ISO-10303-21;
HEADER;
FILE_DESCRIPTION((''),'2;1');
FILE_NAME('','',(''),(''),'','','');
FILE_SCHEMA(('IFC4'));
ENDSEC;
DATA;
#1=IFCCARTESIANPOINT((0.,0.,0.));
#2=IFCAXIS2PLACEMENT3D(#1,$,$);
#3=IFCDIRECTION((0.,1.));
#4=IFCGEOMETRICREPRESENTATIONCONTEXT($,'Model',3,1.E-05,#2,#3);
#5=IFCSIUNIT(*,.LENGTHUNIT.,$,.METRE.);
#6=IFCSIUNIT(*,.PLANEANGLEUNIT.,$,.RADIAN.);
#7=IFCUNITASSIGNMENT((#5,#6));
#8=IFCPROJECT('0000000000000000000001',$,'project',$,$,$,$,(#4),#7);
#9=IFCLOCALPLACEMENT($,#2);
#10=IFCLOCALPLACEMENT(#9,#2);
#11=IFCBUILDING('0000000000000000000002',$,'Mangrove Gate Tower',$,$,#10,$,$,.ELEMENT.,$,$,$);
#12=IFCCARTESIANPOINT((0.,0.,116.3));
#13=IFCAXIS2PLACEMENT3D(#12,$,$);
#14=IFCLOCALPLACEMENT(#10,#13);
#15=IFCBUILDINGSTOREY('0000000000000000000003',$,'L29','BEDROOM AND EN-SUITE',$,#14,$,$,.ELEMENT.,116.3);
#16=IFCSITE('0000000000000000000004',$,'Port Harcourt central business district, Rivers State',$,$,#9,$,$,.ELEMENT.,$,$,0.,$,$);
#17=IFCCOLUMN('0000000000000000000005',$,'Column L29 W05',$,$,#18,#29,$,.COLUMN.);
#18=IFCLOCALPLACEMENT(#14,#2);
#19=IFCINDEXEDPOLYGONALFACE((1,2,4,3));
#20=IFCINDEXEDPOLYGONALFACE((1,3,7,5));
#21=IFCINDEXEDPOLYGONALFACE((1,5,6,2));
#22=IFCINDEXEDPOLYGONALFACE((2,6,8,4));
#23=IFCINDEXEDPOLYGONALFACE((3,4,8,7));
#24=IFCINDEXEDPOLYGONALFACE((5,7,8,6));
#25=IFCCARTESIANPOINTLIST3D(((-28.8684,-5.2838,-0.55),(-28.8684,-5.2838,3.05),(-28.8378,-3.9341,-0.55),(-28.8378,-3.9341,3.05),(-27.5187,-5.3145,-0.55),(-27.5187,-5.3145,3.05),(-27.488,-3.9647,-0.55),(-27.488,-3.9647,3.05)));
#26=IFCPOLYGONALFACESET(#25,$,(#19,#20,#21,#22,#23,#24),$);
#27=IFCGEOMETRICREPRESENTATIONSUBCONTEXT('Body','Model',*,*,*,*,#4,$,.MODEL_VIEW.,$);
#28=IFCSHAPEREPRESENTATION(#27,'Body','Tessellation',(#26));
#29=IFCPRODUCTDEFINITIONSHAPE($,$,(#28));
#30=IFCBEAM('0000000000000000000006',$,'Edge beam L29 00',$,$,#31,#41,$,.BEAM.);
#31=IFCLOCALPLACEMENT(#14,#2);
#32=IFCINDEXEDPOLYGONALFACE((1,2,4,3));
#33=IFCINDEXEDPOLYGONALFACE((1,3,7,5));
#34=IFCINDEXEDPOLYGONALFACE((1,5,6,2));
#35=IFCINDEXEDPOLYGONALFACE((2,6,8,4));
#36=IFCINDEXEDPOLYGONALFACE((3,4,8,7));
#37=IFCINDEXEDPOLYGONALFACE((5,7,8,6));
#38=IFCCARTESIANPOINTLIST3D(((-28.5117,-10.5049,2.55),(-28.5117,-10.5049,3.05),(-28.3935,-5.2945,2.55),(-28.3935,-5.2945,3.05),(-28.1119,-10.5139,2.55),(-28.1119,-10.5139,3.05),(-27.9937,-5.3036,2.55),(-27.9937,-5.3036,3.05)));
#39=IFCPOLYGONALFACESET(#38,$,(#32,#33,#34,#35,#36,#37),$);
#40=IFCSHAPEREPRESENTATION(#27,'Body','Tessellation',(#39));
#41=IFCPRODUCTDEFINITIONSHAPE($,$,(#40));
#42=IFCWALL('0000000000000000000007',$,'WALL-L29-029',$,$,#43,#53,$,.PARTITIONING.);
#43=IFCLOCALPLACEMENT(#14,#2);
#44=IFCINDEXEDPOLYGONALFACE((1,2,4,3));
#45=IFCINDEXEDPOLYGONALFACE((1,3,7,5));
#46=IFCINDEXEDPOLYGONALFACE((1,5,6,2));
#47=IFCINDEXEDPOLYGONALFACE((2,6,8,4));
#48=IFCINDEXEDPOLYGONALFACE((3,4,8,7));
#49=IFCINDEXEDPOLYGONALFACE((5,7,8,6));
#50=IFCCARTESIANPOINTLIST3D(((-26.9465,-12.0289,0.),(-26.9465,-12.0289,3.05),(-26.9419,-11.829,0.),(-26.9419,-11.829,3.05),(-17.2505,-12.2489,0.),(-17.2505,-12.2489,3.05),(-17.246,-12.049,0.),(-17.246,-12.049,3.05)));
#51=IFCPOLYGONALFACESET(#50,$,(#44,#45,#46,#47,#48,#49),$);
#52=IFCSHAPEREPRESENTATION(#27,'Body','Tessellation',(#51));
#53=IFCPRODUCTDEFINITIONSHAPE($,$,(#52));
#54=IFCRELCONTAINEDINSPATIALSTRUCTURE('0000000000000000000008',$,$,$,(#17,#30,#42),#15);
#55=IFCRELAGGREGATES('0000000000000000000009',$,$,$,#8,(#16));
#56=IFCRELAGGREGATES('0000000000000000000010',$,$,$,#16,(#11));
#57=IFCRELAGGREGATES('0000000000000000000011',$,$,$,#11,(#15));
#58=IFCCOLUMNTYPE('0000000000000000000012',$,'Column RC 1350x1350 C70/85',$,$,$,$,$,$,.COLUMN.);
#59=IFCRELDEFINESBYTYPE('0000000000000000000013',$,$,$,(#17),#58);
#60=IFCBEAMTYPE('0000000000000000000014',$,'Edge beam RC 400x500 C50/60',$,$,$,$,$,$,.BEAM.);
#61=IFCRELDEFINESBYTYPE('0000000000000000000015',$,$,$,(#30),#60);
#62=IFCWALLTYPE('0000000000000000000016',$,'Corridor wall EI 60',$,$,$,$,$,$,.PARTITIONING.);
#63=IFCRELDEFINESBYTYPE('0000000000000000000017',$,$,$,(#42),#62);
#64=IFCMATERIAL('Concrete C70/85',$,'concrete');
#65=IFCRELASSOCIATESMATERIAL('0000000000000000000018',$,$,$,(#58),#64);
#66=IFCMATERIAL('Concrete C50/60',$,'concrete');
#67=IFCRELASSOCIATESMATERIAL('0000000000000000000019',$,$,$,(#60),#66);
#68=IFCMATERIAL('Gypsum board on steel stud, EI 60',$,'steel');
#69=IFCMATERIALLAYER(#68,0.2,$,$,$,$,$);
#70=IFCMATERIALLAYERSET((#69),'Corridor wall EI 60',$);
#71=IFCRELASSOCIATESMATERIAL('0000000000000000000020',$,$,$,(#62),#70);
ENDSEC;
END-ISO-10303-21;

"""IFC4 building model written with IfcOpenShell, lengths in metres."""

from ifc_helpers import new_model, si_unit, direction, frame, frame_2d, origin, origin_2d, place, context, subcontext, project, spatial, rectangle, extrude, material, layer, layer_set, material_profile, profile_set, type_object, element, save


model = new_model("IFC4")

# Units and contexts
model_context = context("Model", 3, precision=1e-05, world=origin(), true_north=direction((0.0, 1.0)))
body_context = subcontext(model_context, "Body", "Model", "MODEL_VIEW")
ifc_project = project(units=[si_unit("LENGTHUNIT", "METRE"), si_unit("PLANEANGLEUNIT", "RADIAN")], contexts=[model_context])

# Site, building, storey
site_placement = place(None, origin())
site = spatial("IfcSite", under=ifc_project, at=site_placement, Name="Port Harcourt central business district, Rivers State", CompositionType="ELEMENT", RefElevation=0.0)
building_placement = place(site_placement, origin())
building = spatial("IfcBuilding", under=site, at=building_placement, Name="Mangrove Gate Tower", CompositionType="ELEMENT")
storey_placement = place(building_placement, frame((0.0, 0.0, 116.3)))
storey = spatial("IfcBuildingStorey", under=building, at=storey_placement, Name="L29", Description="BEDROOM AND EN-SUITE", CompositionType="ELEMENT", Elevation=116.3)

# Column
ifc_material_1 = material(Name="Concrete C70/85", Category="concrete")
ifc_material_profile_1 = material_profile(ifc_material_1, rectangle(XDim=1.3501, YDim=1.3501, at=origin_2d()))
ifc_profile_set_1 = profile_set([ifc_material_profile_1], Name="Concrete C70/85")
column_type = type_object("IfcColumnType", Name="Column RC 1350x1350 C70/85", PredefinedType="COLUMN", material=ifc_profile_set_1)
column_placement = place(storey_placement, frame((-28.1782, -4.6243, -0.55), z_axis=(0.0, 0.0, 1.0), x_axis=(-0.022696, -0.999742, 0.0)))
element("IfcColumn", 1, at=column_placement, inside=storey, type_object=column_type, Name="Column L29 W05", PredefinedType="COLUMN", context=body_context, shape_type="SweptSolid", body=[
    extrude(rectangle(XDim=1.3501, YDim=1.3501, at=origin_2d()), origin(), (0.0, 0.0, 1.0), 3.6001),
])

# Beam
ifc_material_2 = material(Name="Concrete C50/60", Category="concrete")
ifc_material_profile_2 = material_profile(ifc_material_2, rectangle(XDim=0.3999, YDim=0.5, at=origin_2d()))
ifc_profile_set_2 = profile_set([ifc_material_profile_2], Name="Concrete C50/60")
beam_type = type_object("IfcBeamType", Name="Edge beam RC 400x500 C50/60", PredefinedType="BEAM", material=ifc_profile_set_2)
beam_placement = place(storey_placement, frame((-28.1936, -5.2991, 2.8), z_axis=(-0.022672, -0.999743, 0.0), x_axis=(0.999743, -0.022672, 0.0)))
element("IfcBeam", 2, at=beam_placement, inside=storey, type_object=beam_type, Name="Edge beam L29 00", PredefinedType="BEAM", context=body_context, shape_type="SweptSolid", body=[
    extrude(rectangle(XDim=0.3999, YDim=0.5, at=origin_2d()), origin(), (0.0, 0.0, 1.0), 5.2117),
])

# Shared definitions
ifc_material_3 = material(Name="Gypsum board on steel stud, EI 60", Category="steel")
ifc_layer = layer(ifc_material_3, 0.2)
ifc_layer_set = layer_set([ifc_layer], Name="Corridor wall EI 60")
wall_type = type_object("IfcWallType", Name="Corridor wall EI 60", PredefinedType="PARTITIONING", material=ifc_layer_set)

# Wall
wall_1_placement = place(storey_placement, frame((-26.9441, -11.929, 0.0), z_axis=(0.0, 0.0, 1.0), x_axis=(0.999743, -0.022681, 0.0)))
element("IfcWall", 3, at=wall_1_placement, inside=storey, type_object=wall_type, Name="WALL-L29-029", PredefinedType="PARTITIONING", context=body_context, shape_type="SweptSolid", body=[
    extrude(rectangle(XDim=9.6985, YDim=0.2, at=frame_2d((4.8491, 0.0))), origin(), (0.0, 0.0, 1.0), 3.05),
])

save(model, "model.ifc")
